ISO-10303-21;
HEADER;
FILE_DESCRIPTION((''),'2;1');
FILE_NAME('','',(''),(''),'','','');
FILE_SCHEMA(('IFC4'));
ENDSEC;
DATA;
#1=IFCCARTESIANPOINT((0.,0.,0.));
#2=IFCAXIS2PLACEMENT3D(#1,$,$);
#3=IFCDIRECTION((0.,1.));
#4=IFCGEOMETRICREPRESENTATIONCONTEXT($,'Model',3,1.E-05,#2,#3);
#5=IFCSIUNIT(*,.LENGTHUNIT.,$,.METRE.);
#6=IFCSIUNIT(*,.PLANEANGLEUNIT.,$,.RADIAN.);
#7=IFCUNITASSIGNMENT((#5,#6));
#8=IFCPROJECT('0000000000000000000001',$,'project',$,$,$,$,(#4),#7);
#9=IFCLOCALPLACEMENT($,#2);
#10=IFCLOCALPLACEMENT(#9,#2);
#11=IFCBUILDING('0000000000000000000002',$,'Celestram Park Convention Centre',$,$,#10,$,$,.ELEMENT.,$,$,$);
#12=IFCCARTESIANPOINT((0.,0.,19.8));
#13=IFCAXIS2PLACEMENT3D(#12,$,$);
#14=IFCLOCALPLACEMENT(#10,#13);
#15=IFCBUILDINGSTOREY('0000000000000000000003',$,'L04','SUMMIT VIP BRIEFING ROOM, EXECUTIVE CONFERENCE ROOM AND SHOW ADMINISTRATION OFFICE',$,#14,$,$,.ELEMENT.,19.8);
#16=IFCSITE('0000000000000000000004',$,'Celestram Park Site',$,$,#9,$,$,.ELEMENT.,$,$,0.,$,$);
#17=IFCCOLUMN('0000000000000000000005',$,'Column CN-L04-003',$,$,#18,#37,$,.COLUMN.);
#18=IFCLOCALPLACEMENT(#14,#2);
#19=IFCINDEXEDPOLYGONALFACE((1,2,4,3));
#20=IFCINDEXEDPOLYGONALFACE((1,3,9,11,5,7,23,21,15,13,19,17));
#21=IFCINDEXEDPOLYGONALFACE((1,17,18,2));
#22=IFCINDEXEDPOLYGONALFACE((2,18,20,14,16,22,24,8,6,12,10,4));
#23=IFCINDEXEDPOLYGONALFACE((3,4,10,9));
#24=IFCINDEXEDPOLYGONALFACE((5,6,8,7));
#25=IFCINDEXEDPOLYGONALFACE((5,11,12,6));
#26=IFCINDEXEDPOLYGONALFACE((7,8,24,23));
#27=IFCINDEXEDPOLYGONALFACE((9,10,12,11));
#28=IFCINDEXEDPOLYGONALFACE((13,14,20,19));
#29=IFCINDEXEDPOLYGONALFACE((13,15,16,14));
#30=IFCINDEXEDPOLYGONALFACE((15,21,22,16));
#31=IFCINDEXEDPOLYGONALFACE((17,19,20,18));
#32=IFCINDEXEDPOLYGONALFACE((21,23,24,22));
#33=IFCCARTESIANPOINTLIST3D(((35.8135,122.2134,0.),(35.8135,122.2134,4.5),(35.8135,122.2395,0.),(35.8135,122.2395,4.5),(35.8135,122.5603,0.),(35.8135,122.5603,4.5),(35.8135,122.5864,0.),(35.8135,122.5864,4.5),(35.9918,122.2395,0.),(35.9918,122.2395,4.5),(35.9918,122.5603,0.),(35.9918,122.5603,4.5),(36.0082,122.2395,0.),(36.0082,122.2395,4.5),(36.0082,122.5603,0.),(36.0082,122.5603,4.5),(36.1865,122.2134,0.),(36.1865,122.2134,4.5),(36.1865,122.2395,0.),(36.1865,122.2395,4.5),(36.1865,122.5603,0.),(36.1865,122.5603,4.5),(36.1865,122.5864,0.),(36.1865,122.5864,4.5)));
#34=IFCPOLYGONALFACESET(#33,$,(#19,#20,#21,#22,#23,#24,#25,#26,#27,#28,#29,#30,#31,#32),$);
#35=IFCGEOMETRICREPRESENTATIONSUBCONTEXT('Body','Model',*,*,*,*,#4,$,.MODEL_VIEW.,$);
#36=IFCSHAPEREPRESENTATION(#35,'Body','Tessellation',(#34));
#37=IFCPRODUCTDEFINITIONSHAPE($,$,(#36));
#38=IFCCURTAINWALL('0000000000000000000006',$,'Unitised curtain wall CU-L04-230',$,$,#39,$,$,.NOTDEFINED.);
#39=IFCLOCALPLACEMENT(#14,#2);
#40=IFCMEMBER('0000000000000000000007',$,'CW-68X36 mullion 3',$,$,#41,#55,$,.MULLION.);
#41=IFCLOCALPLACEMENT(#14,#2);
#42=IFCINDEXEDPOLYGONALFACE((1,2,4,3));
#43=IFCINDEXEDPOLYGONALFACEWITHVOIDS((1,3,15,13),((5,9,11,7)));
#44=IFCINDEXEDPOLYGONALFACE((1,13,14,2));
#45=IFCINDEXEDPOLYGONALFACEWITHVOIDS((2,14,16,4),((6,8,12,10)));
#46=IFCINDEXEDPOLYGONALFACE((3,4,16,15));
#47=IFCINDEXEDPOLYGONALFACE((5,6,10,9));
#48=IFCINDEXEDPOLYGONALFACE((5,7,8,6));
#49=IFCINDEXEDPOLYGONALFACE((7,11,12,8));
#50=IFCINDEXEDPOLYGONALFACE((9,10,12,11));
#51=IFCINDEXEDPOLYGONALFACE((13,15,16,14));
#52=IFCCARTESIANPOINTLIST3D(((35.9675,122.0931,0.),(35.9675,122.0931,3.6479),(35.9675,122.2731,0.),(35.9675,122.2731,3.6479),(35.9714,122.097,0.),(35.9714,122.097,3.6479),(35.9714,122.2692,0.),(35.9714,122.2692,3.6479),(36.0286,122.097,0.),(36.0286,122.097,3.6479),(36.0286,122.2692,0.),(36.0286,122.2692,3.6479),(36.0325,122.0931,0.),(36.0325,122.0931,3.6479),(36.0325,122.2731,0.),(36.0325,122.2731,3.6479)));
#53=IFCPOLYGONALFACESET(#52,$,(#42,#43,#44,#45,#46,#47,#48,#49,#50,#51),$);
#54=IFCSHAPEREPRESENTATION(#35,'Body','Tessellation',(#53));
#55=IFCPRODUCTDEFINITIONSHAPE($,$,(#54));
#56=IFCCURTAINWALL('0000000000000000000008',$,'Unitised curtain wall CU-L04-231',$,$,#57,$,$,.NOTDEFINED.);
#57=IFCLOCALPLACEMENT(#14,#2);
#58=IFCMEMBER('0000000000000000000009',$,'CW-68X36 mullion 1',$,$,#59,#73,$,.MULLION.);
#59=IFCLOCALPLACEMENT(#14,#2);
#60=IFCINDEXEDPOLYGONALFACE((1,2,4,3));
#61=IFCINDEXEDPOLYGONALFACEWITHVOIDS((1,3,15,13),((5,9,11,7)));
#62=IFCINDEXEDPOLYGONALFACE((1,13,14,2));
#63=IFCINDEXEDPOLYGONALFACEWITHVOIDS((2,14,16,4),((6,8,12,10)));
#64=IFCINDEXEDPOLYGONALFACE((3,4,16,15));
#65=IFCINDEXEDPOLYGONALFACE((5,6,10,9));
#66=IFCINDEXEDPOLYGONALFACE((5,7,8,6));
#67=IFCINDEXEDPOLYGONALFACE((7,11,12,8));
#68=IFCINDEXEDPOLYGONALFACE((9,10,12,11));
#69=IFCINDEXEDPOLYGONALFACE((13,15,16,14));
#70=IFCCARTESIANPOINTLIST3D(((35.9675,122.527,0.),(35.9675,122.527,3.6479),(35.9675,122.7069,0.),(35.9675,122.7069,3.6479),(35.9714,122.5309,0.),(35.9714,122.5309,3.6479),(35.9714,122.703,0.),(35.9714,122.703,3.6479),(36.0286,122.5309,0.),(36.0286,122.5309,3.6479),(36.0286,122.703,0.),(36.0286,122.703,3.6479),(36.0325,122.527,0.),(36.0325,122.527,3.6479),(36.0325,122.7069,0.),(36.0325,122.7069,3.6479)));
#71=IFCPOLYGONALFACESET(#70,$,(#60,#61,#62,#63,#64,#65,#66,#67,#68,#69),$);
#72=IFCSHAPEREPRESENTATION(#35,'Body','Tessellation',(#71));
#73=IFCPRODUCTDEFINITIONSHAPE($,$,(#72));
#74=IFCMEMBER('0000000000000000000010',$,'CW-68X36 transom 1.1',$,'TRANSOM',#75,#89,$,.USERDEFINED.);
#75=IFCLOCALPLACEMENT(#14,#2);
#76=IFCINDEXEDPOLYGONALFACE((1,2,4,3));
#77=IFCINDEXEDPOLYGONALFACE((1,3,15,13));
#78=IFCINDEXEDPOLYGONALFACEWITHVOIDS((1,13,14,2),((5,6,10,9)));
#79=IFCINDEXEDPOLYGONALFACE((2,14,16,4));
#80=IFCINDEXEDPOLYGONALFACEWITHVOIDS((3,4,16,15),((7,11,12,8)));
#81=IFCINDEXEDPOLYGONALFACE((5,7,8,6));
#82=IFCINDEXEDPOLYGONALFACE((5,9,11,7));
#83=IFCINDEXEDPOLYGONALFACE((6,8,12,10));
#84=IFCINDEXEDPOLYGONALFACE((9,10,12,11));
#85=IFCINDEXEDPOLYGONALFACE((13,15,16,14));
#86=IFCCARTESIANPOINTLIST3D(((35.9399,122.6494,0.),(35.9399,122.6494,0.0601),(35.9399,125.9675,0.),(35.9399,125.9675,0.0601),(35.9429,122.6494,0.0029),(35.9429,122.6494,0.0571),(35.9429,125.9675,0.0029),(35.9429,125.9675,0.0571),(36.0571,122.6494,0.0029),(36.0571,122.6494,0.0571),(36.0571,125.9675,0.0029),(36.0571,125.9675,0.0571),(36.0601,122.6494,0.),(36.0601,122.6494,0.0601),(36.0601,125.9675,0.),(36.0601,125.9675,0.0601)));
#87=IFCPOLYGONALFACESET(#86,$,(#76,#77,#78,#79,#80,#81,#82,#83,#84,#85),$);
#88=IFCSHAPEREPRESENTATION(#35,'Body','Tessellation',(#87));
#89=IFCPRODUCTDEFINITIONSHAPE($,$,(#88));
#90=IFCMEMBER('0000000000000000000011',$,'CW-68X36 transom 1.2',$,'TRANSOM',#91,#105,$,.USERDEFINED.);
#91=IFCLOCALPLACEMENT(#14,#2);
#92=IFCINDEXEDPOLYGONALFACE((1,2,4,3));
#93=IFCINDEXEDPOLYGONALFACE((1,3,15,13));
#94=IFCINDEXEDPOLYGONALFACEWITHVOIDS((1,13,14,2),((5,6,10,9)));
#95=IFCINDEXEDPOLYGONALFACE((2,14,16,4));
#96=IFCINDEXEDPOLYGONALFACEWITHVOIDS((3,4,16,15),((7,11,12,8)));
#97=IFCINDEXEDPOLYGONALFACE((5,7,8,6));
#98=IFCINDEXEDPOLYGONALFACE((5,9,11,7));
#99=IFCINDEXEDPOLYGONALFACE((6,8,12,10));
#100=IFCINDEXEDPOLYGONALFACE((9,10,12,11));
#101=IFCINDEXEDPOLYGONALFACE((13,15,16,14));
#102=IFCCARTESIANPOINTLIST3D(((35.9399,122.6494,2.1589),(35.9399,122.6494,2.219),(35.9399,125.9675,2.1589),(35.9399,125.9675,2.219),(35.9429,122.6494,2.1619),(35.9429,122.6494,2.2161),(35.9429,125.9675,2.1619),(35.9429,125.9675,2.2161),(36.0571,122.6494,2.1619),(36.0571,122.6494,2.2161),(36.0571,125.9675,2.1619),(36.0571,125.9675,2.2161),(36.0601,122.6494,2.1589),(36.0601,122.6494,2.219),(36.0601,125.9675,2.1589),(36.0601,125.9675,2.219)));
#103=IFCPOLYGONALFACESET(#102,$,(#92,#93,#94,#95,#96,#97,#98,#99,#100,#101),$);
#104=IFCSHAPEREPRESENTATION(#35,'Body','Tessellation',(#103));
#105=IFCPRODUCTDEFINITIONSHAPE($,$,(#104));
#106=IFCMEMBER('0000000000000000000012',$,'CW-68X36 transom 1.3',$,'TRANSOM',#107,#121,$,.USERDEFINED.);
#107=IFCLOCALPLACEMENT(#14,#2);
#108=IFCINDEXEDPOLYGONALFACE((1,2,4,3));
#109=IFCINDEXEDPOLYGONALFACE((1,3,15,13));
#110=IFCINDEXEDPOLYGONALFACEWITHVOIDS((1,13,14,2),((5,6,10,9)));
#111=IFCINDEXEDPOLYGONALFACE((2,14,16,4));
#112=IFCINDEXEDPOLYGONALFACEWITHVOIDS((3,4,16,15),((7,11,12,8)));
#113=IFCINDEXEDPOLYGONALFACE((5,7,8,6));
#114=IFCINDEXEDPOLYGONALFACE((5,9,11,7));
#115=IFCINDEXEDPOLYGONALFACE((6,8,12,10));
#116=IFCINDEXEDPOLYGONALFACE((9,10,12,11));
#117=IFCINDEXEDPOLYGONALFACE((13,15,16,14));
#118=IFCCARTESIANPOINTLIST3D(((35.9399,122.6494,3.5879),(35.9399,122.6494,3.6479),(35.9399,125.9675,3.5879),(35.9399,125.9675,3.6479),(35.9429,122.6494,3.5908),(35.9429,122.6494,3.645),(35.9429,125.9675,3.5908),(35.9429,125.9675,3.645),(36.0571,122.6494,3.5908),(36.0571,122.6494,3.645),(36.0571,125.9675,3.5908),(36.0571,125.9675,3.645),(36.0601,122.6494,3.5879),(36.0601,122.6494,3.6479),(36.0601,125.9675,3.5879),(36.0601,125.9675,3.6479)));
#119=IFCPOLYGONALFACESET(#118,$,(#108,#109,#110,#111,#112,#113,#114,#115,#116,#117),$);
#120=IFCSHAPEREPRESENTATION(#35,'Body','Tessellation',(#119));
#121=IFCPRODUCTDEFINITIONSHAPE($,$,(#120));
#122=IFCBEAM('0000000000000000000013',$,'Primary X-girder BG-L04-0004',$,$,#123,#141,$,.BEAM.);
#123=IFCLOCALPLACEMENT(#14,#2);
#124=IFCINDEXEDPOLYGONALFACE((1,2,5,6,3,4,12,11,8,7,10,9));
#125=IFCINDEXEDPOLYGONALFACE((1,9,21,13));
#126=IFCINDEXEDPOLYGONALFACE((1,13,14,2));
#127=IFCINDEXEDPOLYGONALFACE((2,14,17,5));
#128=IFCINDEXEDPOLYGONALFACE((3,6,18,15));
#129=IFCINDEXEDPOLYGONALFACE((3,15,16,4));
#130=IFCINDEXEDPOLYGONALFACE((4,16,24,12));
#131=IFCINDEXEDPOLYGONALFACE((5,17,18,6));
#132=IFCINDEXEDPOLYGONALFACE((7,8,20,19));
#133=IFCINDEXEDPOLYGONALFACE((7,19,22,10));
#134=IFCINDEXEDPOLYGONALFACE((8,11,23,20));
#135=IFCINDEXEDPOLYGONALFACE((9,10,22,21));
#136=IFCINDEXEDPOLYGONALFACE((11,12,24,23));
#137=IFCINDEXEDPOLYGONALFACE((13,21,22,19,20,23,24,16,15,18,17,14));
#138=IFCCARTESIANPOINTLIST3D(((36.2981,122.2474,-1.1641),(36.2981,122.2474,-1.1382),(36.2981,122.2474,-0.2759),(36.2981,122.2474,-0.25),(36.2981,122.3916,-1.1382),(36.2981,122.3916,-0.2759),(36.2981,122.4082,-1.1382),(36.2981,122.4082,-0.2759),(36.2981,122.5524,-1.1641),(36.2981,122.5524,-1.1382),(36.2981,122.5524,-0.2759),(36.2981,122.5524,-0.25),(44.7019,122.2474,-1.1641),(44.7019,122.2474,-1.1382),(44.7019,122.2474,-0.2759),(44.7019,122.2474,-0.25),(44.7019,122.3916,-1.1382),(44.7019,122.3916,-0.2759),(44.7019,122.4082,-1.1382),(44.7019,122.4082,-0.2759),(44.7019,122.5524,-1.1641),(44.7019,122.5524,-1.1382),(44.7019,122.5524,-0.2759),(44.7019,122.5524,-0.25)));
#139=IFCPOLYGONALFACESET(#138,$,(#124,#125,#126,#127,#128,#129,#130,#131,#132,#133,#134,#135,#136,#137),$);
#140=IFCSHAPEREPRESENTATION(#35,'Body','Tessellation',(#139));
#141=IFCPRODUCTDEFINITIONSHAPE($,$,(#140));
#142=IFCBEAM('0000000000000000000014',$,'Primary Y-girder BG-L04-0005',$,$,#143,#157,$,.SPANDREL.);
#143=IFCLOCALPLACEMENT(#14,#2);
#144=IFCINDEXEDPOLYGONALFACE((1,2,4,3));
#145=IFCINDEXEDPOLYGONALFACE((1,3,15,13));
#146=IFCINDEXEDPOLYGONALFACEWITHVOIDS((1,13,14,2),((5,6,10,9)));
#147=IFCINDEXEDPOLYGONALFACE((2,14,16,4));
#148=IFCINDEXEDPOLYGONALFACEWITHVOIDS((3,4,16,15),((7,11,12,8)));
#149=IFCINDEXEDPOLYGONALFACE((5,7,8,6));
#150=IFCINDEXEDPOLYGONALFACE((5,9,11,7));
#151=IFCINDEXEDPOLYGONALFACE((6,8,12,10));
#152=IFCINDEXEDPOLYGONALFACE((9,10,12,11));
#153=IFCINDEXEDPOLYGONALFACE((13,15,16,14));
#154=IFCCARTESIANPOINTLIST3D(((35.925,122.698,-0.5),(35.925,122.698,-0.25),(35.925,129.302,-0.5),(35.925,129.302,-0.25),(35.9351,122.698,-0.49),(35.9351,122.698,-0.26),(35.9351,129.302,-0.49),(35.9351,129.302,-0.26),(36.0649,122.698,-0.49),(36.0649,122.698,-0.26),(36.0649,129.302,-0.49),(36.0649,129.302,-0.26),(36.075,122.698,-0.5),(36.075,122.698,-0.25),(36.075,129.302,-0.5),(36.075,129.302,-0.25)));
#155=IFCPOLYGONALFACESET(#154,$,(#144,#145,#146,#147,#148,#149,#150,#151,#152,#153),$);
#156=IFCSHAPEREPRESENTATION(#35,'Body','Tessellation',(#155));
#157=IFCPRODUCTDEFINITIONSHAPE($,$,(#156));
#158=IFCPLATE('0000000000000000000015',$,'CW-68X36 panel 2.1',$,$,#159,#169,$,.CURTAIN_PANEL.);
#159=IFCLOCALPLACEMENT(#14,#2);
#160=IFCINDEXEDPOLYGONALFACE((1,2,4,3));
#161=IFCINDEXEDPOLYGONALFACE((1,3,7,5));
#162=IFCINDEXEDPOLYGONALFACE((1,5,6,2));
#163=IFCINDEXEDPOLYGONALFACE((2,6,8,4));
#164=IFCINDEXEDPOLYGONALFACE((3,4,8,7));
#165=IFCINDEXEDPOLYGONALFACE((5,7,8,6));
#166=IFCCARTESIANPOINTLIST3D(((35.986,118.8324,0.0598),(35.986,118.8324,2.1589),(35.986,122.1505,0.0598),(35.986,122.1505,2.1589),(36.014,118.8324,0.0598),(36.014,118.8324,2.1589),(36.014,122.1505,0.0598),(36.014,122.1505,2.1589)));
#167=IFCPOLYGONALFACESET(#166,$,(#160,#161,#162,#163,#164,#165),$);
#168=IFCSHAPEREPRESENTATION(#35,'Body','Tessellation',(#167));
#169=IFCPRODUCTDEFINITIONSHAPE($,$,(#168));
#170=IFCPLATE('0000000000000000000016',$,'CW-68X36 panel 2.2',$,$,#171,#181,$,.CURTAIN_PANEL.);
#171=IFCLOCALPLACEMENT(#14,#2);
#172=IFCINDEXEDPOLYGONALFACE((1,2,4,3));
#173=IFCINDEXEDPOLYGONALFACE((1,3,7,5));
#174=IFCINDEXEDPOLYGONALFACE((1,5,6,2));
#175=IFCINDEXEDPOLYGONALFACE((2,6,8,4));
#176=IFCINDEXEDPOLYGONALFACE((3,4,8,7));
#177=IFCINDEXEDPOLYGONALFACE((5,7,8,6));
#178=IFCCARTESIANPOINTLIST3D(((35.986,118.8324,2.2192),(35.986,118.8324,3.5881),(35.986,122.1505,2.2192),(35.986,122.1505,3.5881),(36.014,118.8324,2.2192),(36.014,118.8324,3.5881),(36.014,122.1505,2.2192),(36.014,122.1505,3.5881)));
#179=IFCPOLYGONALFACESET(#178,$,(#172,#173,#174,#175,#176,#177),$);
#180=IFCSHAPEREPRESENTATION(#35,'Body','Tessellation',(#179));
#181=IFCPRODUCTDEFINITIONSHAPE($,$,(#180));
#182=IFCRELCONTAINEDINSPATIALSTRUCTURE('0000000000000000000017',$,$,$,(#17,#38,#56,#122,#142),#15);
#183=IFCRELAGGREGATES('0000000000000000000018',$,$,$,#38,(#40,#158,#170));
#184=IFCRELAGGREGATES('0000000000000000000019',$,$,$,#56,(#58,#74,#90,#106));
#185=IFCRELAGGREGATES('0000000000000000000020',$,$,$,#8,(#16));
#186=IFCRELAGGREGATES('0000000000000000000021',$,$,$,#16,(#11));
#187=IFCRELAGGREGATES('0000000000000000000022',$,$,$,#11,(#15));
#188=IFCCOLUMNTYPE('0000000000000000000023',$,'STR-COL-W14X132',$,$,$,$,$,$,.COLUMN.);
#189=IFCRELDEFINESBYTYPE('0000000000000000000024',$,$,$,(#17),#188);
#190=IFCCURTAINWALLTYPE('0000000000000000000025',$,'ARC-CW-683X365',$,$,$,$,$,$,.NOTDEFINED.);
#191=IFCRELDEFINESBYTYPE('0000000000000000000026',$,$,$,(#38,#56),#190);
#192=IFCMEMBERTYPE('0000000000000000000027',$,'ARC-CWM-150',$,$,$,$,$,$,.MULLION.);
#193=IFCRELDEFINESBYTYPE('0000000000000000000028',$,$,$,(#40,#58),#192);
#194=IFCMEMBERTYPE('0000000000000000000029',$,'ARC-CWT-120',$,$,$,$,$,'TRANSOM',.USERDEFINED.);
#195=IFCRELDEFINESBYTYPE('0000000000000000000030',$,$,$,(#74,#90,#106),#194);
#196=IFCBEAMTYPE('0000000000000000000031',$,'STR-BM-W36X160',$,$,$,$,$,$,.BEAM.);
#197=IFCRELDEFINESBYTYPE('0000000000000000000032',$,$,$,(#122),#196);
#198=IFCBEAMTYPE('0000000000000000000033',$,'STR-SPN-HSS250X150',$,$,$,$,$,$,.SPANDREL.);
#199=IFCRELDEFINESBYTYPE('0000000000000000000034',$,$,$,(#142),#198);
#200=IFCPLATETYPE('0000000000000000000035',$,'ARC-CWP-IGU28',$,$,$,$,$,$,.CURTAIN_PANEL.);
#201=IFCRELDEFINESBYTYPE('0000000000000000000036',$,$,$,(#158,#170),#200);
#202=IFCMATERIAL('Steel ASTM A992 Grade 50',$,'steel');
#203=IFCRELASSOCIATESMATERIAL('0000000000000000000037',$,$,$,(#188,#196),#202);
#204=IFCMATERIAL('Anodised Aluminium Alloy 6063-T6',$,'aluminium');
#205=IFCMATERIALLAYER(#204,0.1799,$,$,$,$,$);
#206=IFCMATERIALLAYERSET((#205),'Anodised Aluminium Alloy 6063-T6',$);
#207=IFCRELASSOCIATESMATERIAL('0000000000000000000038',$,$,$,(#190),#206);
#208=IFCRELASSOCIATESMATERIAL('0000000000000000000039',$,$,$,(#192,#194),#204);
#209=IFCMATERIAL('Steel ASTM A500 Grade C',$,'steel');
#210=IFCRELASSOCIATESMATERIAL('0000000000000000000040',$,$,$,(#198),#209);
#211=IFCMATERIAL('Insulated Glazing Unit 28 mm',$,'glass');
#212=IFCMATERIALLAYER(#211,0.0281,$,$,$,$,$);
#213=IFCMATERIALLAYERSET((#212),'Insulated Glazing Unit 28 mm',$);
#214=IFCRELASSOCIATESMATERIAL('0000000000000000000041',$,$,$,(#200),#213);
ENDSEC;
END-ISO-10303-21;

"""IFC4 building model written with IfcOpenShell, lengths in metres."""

from ifc_helpers import new_model, si_unit, direction, frame, origin, origin_2d, place, context, subcontext, project, spatial, rectangle, hollow_rectangle, i_section, extrude, material, layer, layer_set, material_profile, profile_set, type_object, element, aggregate, save


model = new_model("IFC4")

# Units and contexts
model_context = context("Model", 3, precision=1e-05, world=origin(), true_north=direction((0.0, 1.0)))
body_context = subcontext(model_context, "Body", "Model", "MODEL_VIEW")
ifc_project = project(units=[si_unit("LENGTHUNIT", "METRE"), si_unit("PLANEANGLEUNIT", "RADIAN")], contexts=[model_context])

# Site, building, storey
site_placement = place(None, origin())
site = spatial("IfcSite", under=ifc_project, at=site_placement, Name="Celestram Park Site", CompositionType="ELEMENT", RefElevation=0.0)
building_placement = place(site_placement, origin())
building = spatial("IfcBuilding", under=site, at=building_placement, Name="Celestram Park Convention Centre", CompositionType="ELEMENT")
storey_placement = place(building_placement, frame((0.0, 0.0, 19.8)))
storey = spatial("IfcBuildingStorey", under=building, at=storey_placement, Name="L04", Description="SUMMIT VIP BRIEFING ROOM, EXECUTIVE CONFERENCE ROOM AND SHOW ADMINISTRATION OFFICE", CompositionType="ELEMENT", Elevation=19.8)

# Column
ifc_material_1 = material(Name="Steel ASTM A992 Grade 50", Category="steel")
ifc_material_profile_1 = material_profile(ifc_material_1, i_section(OverallWidth=0.373, OverallDepth=0.373, WebThickness=0.0164, FlangeThickness=0.0261, at=origin_2d()), Name="W14X132")
ifc_profile_set_1 = profile_set([ifc_material_profile_1], Name="Steel ASTM A992 Grade 50")
column_type = type_object("IfcColumnType", Name="STR-COL-W14X132", PredefinedType="COLUMN", material=ifc_profile_set_1)
column_placement = place(storey_placement, frame((36.0, 122.3999, 0.0), z_axis=(0.0, 0.0, 1.0), x_axis=(1.0, 0.0, 0.0)))
element("IfcColumn", 1, at=column_placement, inside=storey, type_object=column_type, Name="Column CN-L04-003", PredefinedType="COLUMN", context=body_context, shape_type="SweptSolid", body=[
    extrude(i_section(OverallWidth=0.373, OverallDepth=0.373, WebThickness=0.0164, FlangeThickness=0.0261, at=origin_2d()), origin(), (0.0, 0.0, 1.0), 4.5),
])

# Curtain wall, member
ifc_material_2 = material(Name="Anodised Aluminium Alloy 6063-T6", Category="aluminium")
ifc_layer_1 = layer(ifc_material_2, 0.1799)
ifc_layer_set_1 = layer_set([ifc_layer_1], Name="Anodised Aluminium Alloy 6063-T6")
curtain_wall_type = type_object("IfcCurtainWallType", Name="ARC-CW-683X365", PredefinedType="NOTDEFINED", material=ifc_layer_set_1)
curtain_wall_1_placement = place(storey_placement, origin())
curtain_wall_1 = element("IfcCurtainWall", 2, at=curtain_wall_1_placement, inside=storey, type_object=curtain_wall_type, Name="Unitised curtain wall CU-L04-230", PredefinedType="NOTDEFINED")
ifc_material_profile_2 = material_profile(ifc_material_2, hollow_rectangle(XDim=0.0649, YDim=0.1799, WallThickness=0.0039, at=origin_2d()), Name="ALU65X180X4")
ifc_profile_set_2 = profile_set([ifc_material_profile_2], Name="Anodised Aluminium Alloy 6063-T6")
member_type_1 = type_object("IfcMemberType", Name="ARC-CWM-150", PredefinedType="MULLION", material=ifc_profile_set_2)
member_1_placement = place(storey_placement, frame((36.0, 122.1831, 0.0), z_axis=(0.0, 0.0, 1.0), x_axis=(-1.0, 0.0, 0.0)))
member_1 = element("IfcMember", 3, at=member_1_placement, type_object=member_type_1, Name="CW-68X36 mullion 3", PredefinedType="MULLION", context=body_context, shape_type="SweptSolid", body=[
    extrude(hollow_rectangle(XDim=0.0649, YDim=0.1799, WallThickness=0.0039, at=origin_2d()), origin(), (0.0, 0.0, 1.0), 3.6479),
])

# Curtain wall, members
curtain_wall_2_placement = place(storey_placement, origin())
curtain_wall_2 = element("IfcCurtainWall", 4, at=curtain_wall_2_placement, inside=storey, type_object=curtain_wall_type, Name="Unitised curtain wall CU-L04-231", PredefinedType="NOTDEFINED")
member_2_placement = place(storey_placement, frame((36.0, 122.6169, 0.0), z_axis=(0.0, 0.0, 1.0), x_axis=(-1.0, 0.0, 0.0)))
member_2 = element("IfcMember", 5, at=member_2_placement, type_object=member_type_1, Name="CW-68X36 mullion 1", PredefinedType="MULLION", context=body_context, shape_type="SweptSolid", body=[
    extrude(hollow_rectangle(XDim=0.0649, YDim=0.1799, WallThickness=0.0039, at=origin_2d()), origin(), (0.0, 0.0, 1.0), 3.6479),
])
ifc_material_profile_3 = material_profile(ifc_material_2, hollow_rectangle(XDim=0.1201, YDim=0.0601, WallThickness=0.0029, at=origin_2d()), Name="ALU120X60X3")
ifc_profile_set_3 = profile_set([ifc_material_profile_3], Name="Anodised Aluminium Alloy 6063-T6")
member_type_2 = type_object("IfcMemberType", Name="ARC-CWT-120", ElementType="TRANSOM", PredefinedType="USERDEFINED", material=ifc_profile_set_3)
member_3_placement = place(storey_placement, frame((36.0, 122.6494, 0.03), z_axis=(0.0, 1.0, 0.0), x_axis=(-1.0, 0.0, 0.0)))
member_3 = element("IfcMember", 6, at=member_3_placement, type_object=member_type_2, Name="CW-68X36 transom 1.1", ObjectType="TRANSOM", PredefinedType="USERDEFINED", context=body_context, shape_type="SweptSolid", body=[
    extrude(hollow_rectangle(XDim=0.1201, YDim=0.0601, WallThickness=0.0029, at=origin_2d()), origin(), (0.0, 0.0, 1.0), 3.3181),
])
member_4_placement = place(storey_placement, frame((36.0, 122.6494, 2.189), z_axis=(0.0, 1.0, 0.0), x_axis=(-1.0, 0.0, 0.0)))
member_4 = element("IfcMember", 7, at=member_4_placement, type_object=member_type_2, Name="CW-68X36 transom 1.2", ObjectType="TRANSOM", PredefinedType="USERDEFINED", context=body_context, shape_type="SweptSolid", body=[
    extrude(hollow_rectangle(XDim=0.1201, YDim=0.0601, WallThickness=0.0029, at=origin_2d()), origin(), (0.0, 0.0, 1.0), 3.3181),
])
member_5_placement = place(storey_placement, frame((36.0, 122.6494, 3.6179), z_axis=(0.0, 1.0, 0.0), x_axis=(-1.0, 0.0, 0.0)))
member_5 = element("IfcMember", 8, at=member_5_placement, type_object=member_type_2, Name="CW-68X36 transom 1.3", ObjectType="TRANSOM", PredefinedType="USERDEFINED", context=body_context, shape_type="SweptSolid", body=[
    extrude(hollow_rectangle(XDim=0.1201, YDim=0.0601, WallThickness=0.0029, at=origin_2d()), origin(), (0.0, 0.0, 1.0), 3.3181),
])

# Beams
ifc_material_profile_4 = material_profile(ifc_material_1, i_section(OverallWidth=0.3049, OverallDepth=0.9141, WebThickness=0.0166, FlangeThickness=0.0259, at=origin_2d()), Name="W36X160")
ifc_profile_set_4 = profile_set([ifc_material_profile_4], Name="Steel ASTM A992 Grade 50")
beam_type_1 = type_object("IfcBeamType", Name="STR-BM-W36X160", PredefinedType="BEAM", material=ifc_profile_set_4)
beam_1_placement = place(storey_placement, frame((36.2981, 122.3999, -0.707), z_axis=(1.0, 0.0, 0.0), x_axis=(0.0, 1.0, 0.0)))
element("IfcBeam", 9, at=beam_1_placement, inside=storey, type_object=beam_type_1, Name="Primary X-girder BG-L04-0004", PredefinedType="BEAM", context=body_context, shape_type="SweptSolid", body=[
    extrude(i_section(OverallWidth=0.3049, OverallDepth=0.9141, WebThickness=0.0166, FlangeThickness=0.0259, at=origin_2d()), origin(), (0.0, 0.0, 1.0), 8.4038),
])
ifc_material_3 = material(Name="Steel ASTM A500 Grade C", Category="steel")
ifc_material_profile_5 = material_profile(ifc_material_3, hollow_rectangle(XDim=0.1499, YDim=0.25, WallThickness=0.01, at=origin_2d()), Name="HSS250X150X10")
ifc_profile_set_5 = profile_set([ifc_material_profile_5], Name="Steel ASTM A500 Grade C")
beam_type_2 = type_object("IfcBeamType", Name="STR-SPN-HSS250X150", PredefinedType="SPANDREL", material=ifc_profile_set_5)
beam_2_placement = place(storey_placement, frame((36.0, 122.698, -0.375), z_axis=(0.0, 1.0, 0.0), x_axis=(-1.0, 0.0, 0.0)))
element("IfcBeam", 10, at=beam_2_placement, inside=storey, type_object=beam_type_2, Name="Primary Y-girder BG-L04-0005", PredefinedType="SPANDREL", context=body_context, shape_type="SweptSolid", body=[
    extrude(hollow_rectangle(XDim=0.1499, YDim=0.25, WallThickness=0.01, at=origin_2d()), origin(), (0.0, 0.0, 1.0), 6.604),
])

# Plates
ifc_material_4 = material(Name="Insulated Glazing Unit 28 mm", Category="glass")
ifc_layer_2 = layer(ifc_material_4, 0.0281)
ifc_layer_set_2 = layer_set([ifc_layer_2], Name="Insulated Glazing Unit 28 mm")
plate_type = type_object("IfcPlateType", Name="ARC-CWP-IGU28", PredefinedType="CURTAIN_PANEL", material=ifc_layer_set_2)
plate_1_placement = place(storey_placement, frame((36.0, 120.4915, 0.0598), z_axis=(0.0, 0.0, 1.0), x_axis=(0.0, 1.0, 0.0)))
plate_1 = element("IfcPlate", 11, at=plate_1_placement, type_object=plate_type, Name="CW-68X36 panel 2.1", PredefinedType="CURTAIN_PANEL", context=body_context, shape_type="SweptSolid", body=[
    extrude(rectangle(XDim=3.3181, YDim=0.0281, at=origin_2d()), origin(), (0.0, 0.0, 1.0), 2.0991),
])
plate_2_placement = place(storey_placement, frame((36.0, 120.4915, 2.2192), z_axis=(0.0, 0.0, 1.0), x_axis=(0.0, 1.0, 0.0)))
plate_2 = element("IfcPlate", 12, at=plate_2_placement, type_object=plate_type, Name="CW-68X36 panel 2.2", PredefinedType="CURTAIN_PANEL", context=body_context, shape_type="SweptSolid", body=[
    extrude(rectangle(XDim=3.3181, YDim=0.0281, at=origin_2d()), origin(), (0.0, 0.0, 1.0), 1.3689),
])
aggregate(curtain_wall_1, [member_1, plate_1, plate_2])
aggregate(curtain_wall_2, [member_2, member_3, member_4, member_5])

save(model, "model.ifc")
